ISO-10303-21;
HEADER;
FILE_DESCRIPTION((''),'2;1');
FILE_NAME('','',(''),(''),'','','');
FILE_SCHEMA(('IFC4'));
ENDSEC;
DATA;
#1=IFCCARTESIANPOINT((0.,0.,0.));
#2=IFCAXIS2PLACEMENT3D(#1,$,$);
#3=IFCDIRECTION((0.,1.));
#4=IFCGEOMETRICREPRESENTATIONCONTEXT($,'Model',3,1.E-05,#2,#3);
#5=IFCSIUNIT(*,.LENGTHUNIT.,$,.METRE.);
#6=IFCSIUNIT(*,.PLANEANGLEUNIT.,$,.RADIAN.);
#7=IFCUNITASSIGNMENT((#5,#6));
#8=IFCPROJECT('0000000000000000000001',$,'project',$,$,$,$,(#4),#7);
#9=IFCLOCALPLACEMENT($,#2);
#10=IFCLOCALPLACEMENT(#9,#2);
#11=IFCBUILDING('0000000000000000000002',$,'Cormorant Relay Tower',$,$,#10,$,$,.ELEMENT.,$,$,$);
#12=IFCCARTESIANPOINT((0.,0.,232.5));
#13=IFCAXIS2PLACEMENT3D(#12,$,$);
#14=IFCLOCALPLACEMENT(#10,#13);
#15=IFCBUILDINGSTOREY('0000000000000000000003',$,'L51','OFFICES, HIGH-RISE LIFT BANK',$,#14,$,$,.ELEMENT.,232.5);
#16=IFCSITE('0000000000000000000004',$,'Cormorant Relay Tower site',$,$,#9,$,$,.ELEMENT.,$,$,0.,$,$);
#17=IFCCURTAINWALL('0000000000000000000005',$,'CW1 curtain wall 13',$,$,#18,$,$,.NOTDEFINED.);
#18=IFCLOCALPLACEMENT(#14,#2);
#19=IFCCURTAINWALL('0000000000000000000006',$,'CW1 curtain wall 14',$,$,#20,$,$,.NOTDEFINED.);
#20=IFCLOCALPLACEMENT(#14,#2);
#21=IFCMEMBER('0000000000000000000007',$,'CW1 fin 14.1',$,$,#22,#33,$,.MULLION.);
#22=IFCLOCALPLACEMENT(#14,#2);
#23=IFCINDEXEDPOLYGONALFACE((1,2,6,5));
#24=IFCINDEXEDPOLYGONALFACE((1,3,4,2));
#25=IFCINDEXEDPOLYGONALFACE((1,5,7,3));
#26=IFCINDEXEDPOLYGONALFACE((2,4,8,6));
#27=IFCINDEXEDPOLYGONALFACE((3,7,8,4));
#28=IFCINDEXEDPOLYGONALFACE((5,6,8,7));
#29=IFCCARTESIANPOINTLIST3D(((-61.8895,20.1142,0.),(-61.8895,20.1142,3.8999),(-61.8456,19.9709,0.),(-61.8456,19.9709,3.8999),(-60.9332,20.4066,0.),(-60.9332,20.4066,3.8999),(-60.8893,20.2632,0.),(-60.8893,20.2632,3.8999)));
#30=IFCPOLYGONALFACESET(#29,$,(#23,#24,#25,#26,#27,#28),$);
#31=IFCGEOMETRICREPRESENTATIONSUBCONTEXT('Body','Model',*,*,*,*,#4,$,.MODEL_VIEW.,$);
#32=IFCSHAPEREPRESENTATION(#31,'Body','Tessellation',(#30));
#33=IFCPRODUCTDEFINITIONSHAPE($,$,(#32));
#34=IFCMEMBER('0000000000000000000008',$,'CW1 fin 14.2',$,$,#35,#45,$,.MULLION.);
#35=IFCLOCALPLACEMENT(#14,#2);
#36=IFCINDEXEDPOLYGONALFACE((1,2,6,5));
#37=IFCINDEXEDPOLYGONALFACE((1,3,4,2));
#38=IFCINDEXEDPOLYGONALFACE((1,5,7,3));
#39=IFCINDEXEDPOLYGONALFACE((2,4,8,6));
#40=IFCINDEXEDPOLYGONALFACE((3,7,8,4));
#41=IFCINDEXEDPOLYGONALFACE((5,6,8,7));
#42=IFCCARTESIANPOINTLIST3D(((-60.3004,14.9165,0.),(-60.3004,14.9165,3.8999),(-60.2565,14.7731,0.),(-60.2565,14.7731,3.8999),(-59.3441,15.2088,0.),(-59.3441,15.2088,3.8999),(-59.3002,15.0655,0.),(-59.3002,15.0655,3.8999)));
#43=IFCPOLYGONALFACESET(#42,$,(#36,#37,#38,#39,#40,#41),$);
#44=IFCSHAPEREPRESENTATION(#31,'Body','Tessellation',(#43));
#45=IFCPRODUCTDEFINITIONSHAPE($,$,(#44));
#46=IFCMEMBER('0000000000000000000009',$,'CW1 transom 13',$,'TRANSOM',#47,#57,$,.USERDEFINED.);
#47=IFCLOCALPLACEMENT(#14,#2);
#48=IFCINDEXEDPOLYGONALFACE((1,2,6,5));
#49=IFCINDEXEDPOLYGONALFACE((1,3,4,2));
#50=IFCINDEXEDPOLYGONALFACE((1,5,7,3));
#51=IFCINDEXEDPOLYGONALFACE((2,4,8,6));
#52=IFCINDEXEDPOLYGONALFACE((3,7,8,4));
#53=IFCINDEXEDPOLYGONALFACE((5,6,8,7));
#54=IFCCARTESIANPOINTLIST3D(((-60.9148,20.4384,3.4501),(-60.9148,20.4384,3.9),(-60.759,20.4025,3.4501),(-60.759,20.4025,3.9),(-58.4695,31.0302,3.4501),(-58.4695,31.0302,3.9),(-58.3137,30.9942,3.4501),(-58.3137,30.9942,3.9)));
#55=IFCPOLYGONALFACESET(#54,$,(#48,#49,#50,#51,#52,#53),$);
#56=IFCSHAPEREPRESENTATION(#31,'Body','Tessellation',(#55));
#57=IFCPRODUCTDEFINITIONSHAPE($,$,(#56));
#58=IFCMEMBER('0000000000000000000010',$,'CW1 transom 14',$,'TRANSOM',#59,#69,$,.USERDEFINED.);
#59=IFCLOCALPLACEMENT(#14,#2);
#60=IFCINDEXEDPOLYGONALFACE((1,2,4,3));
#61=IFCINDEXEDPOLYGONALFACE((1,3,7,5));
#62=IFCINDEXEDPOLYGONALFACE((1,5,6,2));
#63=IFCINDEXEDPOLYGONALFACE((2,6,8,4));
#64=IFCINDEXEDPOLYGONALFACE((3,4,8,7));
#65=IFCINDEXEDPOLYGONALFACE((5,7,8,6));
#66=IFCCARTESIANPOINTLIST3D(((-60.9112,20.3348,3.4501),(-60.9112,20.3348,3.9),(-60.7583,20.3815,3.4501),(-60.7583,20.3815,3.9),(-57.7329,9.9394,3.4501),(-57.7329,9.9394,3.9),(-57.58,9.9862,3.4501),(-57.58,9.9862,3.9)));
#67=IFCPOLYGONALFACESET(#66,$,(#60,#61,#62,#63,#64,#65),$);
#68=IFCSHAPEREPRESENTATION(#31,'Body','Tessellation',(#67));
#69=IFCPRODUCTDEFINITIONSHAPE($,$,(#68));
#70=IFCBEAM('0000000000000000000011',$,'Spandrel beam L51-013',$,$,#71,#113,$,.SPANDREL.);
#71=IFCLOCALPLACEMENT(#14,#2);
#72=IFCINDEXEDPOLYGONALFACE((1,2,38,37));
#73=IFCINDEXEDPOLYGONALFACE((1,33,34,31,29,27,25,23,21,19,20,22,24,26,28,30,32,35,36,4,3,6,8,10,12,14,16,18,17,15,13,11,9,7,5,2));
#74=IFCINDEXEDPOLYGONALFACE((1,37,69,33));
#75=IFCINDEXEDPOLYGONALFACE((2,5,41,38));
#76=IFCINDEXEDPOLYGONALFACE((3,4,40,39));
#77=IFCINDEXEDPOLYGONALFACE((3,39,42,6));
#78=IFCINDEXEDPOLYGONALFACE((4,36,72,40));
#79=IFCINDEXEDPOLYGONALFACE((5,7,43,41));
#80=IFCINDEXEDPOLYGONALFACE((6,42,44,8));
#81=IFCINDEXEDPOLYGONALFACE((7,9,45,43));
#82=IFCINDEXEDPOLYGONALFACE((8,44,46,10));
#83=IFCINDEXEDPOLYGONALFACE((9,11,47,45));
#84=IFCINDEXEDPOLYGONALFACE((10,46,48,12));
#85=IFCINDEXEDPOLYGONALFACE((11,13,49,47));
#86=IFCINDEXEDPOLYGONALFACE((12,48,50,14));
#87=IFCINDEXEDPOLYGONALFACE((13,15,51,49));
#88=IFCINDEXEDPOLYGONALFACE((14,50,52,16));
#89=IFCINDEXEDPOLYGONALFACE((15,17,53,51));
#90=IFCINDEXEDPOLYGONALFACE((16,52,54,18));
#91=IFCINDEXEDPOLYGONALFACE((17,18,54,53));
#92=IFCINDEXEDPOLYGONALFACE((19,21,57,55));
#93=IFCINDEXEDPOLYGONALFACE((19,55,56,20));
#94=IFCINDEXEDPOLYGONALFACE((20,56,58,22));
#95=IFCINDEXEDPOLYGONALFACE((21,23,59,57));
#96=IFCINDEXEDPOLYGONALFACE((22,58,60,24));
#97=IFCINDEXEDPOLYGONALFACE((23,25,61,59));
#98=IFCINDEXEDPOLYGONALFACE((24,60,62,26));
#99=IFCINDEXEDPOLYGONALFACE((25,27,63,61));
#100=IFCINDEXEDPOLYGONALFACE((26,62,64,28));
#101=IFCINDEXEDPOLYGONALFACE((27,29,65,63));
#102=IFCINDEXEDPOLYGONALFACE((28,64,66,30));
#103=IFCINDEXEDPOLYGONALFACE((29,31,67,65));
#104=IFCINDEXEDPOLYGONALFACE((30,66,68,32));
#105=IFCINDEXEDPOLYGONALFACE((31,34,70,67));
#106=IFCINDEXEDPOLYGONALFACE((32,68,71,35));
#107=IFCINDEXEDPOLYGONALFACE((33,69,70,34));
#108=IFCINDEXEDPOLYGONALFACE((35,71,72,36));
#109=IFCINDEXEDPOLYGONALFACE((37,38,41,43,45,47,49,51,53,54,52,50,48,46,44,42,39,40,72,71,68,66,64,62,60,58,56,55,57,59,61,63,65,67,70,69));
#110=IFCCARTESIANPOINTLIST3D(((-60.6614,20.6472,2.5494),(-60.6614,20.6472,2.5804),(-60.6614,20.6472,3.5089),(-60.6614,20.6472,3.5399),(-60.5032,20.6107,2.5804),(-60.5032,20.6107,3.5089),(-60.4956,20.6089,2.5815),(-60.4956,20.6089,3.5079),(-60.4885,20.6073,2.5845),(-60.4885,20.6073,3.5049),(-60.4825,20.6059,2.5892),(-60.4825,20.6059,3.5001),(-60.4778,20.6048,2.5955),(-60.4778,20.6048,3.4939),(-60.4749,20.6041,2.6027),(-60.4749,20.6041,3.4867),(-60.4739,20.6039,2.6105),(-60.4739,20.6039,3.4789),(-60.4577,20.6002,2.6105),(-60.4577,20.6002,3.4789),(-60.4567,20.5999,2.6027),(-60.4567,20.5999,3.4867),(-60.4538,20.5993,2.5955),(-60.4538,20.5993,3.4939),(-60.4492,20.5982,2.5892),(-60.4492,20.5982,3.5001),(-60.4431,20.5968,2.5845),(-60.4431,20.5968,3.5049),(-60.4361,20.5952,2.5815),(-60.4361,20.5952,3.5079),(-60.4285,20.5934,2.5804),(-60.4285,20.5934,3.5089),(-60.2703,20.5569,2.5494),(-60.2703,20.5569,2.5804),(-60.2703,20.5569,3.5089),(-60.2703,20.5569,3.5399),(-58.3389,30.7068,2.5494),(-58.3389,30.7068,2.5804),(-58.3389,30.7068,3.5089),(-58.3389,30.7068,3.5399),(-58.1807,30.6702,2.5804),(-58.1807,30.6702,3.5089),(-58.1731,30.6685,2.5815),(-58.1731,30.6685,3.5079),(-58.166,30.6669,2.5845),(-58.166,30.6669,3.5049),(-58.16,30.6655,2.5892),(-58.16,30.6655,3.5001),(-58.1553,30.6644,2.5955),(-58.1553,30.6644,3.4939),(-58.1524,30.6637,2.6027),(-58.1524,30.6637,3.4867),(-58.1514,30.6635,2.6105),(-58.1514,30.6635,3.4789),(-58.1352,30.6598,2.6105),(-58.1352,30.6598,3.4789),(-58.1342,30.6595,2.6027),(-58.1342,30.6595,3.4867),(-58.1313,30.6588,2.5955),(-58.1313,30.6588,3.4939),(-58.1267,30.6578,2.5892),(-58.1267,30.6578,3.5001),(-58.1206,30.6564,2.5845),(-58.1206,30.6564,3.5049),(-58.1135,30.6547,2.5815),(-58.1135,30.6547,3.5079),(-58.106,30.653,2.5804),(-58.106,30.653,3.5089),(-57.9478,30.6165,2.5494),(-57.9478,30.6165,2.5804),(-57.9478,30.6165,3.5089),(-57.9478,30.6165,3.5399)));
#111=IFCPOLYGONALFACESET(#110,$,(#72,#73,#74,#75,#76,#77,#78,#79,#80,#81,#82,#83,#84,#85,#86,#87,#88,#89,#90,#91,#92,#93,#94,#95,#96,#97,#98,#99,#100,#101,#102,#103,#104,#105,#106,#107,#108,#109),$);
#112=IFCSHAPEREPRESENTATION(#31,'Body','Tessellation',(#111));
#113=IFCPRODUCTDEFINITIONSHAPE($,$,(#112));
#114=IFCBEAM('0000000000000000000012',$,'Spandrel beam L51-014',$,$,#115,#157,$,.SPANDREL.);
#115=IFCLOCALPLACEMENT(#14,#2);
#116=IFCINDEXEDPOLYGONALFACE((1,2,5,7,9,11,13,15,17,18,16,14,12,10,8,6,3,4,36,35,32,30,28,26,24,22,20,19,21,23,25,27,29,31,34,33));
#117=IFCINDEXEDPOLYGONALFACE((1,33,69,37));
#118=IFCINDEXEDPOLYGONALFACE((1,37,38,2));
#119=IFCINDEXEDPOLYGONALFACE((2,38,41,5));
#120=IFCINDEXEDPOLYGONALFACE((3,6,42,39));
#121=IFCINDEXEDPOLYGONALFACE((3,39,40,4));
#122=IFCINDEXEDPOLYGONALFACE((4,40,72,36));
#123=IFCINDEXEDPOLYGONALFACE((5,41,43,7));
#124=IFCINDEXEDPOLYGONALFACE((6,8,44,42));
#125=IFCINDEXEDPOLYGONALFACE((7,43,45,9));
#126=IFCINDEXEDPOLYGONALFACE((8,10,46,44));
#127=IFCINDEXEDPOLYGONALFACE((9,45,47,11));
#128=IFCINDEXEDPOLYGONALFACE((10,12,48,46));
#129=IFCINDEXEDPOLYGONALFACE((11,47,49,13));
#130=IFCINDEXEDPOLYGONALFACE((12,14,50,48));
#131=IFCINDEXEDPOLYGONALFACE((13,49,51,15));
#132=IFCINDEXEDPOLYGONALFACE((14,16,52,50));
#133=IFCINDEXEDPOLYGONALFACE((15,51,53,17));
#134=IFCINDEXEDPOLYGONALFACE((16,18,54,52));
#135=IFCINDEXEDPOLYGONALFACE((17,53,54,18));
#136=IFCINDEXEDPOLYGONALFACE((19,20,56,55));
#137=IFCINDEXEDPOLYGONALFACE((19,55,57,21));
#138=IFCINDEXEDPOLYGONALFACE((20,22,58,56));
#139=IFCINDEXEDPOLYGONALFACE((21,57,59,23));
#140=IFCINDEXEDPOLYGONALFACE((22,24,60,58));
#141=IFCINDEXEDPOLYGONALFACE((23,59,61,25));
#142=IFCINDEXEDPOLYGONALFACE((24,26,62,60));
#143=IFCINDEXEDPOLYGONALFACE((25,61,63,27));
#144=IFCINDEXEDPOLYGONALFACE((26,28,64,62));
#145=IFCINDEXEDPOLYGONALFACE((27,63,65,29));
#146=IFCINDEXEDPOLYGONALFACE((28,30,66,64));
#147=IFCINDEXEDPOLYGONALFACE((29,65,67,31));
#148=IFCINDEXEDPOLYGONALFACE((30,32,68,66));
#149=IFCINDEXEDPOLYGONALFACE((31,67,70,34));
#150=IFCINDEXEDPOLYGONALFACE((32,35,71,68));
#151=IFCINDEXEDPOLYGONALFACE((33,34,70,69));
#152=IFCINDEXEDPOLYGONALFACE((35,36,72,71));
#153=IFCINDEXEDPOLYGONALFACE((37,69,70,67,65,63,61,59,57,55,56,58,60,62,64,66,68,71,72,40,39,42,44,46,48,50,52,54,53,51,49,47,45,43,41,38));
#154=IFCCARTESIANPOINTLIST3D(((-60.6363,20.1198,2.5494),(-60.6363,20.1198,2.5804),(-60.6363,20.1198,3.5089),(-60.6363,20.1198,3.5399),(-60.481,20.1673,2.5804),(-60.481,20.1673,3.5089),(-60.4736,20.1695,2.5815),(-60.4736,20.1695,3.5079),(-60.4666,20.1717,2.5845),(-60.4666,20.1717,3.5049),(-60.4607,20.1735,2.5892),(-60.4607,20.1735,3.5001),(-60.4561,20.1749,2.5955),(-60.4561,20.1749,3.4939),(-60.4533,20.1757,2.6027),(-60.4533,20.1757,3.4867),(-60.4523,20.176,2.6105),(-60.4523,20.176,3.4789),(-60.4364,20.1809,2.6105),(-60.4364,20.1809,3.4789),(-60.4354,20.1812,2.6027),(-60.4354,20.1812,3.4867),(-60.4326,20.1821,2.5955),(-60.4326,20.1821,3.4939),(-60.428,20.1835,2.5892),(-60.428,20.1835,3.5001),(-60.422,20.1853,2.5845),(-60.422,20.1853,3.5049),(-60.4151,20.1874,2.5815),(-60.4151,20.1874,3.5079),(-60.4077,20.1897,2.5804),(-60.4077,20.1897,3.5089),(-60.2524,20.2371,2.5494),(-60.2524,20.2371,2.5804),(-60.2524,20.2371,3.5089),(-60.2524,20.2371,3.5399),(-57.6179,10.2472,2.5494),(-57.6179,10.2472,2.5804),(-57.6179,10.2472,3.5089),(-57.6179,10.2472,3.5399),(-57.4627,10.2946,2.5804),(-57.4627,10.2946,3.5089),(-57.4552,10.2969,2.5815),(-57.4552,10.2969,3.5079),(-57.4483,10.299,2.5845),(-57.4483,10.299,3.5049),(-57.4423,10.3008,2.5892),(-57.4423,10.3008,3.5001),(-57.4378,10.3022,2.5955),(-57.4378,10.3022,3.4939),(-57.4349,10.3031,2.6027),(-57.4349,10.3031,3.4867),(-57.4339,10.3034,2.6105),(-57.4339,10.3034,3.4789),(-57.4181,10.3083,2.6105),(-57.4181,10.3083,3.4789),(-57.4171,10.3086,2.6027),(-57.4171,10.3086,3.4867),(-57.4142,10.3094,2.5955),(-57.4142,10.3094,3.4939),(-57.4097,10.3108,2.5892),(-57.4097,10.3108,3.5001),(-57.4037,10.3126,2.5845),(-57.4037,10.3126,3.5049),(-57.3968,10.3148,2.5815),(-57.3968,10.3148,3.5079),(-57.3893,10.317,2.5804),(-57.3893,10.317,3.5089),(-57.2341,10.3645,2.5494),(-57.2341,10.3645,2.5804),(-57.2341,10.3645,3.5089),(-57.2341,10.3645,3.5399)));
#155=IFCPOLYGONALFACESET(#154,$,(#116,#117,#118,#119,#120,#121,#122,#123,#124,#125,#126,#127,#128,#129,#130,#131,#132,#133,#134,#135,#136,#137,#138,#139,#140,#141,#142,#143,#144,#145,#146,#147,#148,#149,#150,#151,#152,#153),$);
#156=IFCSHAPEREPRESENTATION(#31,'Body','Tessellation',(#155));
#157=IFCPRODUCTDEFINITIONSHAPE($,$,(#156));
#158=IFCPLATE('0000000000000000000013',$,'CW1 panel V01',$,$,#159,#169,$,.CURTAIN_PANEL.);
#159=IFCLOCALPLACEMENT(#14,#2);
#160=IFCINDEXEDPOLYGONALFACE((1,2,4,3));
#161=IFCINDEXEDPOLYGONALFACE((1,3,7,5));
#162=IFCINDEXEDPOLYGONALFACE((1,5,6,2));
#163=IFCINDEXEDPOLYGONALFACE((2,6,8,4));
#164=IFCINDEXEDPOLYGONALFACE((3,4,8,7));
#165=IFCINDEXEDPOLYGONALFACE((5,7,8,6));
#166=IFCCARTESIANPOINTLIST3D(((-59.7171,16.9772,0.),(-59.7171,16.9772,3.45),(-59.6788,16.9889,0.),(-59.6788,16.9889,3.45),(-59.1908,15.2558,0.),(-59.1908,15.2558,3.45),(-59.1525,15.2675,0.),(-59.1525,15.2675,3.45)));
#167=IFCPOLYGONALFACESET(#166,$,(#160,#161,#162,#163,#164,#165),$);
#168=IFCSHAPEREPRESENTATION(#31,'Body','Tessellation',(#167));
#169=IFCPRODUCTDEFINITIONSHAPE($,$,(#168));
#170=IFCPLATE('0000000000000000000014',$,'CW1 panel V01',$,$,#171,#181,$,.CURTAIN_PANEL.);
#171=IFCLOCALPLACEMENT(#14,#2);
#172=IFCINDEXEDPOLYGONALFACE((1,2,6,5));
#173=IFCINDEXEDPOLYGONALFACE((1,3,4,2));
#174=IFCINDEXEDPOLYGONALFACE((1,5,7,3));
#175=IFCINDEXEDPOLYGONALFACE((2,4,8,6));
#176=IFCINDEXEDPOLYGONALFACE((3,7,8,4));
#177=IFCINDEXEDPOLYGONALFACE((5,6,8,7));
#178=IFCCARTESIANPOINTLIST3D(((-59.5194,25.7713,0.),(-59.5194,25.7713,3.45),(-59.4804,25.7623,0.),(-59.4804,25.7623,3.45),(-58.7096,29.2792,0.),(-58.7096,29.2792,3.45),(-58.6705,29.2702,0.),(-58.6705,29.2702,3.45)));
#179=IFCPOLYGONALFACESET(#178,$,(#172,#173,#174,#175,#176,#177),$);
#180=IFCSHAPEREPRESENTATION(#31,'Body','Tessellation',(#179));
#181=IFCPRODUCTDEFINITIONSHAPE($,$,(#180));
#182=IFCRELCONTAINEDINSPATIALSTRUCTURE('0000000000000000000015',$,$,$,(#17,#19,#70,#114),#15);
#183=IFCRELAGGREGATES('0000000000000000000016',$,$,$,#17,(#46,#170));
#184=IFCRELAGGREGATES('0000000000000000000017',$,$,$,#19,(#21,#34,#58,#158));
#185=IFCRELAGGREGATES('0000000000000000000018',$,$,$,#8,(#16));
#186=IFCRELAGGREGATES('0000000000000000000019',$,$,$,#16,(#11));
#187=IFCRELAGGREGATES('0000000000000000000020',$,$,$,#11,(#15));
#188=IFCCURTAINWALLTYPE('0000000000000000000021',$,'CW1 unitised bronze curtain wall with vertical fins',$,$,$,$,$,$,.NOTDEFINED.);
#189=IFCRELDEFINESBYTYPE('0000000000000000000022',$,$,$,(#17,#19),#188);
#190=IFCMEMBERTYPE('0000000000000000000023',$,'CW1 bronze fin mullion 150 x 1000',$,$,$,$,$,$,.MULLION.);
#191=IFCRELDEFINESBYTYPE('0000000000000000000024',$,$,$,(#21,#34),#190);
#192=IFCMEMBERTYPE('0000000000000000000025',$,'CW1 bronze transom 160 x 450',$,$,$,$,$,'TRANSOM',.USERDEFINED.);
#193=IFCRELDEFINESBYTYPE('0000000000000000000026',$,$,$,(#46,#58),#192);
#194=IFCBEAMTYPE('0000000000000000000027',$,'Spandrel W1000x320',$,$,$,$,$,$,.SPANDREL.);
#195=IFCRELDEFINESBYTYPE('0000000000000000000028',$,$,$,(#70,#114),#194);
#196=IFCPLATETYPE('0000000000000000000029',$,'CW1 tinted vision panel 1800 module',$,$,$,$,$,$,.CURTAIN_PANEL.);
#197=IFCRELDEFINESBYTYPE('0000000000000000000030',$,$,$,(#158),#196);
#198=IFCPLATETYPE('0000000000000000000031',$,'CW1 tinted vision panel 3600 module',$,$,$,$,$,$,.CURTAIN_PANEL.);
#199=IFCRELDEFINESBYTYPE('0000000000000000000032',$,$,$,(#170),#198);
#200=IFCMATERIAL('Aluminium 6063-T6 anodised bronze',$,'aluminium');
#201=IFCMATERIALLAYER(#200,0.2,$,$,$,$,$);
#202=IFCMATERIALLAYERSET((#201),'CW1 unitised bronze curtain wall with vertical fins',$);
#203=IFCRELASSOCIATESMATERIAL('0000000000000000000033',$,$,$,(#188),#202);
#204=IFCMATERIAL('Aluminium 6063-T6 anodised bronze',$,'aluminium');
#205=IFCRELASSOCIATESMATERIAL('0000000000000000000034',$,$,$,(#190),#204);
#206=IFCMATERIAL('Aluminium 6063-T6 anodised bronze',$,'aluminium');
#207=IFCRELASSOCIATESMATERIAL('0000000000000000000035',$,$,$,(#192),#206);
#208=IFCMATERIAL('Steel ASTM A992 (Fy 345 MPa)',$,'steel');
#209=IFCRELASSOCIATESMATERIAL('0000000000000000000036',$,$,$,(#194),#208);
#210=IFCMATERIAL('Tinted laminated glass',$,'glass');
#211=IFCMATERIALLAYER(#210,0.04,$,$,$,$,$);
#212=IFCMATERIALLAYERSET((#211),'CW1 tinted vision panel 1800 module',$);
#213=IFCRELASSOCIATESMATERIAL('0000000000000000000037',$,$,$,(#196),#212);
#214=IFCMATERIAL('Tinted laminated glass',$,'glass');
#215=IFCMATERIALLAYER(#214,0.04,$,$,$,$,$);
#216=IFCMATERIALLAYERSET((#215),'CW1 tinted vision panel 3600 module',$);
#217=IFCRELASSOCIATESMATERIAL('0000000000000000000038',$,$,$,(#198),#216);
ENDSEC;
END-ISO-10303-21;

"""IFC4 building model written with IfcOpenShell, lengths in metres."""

from ifc_helpers import new_model, si_unit, direction, frame, origin, origin_2d, place, context, subcontext, project, spatial, rectangle, i_section, extrude, material, layer, layer_set, material_profile, profile_set, type_object, element, aggregate, save


model = new_model("IFC4")

# Units and contexts
model_context = context("Model", 3, precision=1e-05, world=origin(), true_north=direction((0.0, 1.0)))
body_context = subcontext(model_context, "Body", "Model", "MODEL_VIEW")
ifc_project = project(units=[si_unit("LENGTHUNIT", "METRE"), si_unit("PLANEANGLEUNIT", "RADIAN")], contexts=[model_context])

# Site, building, storey
site_placement = place(None, origin())
site = spatial("IfcSite", under=ifc_project, at=site_placement, Name="Cormorant Relay Tower site", CompositionType="ELEMENT", RefElevation=0.0)
building_placement = place(site_placement, origin())
building = spatial("IfcBuilding", under=site, at=building_placement, Name="Cormorant Relay Tower", CompositionType="ELEMENT")
storey_placement = place(building_placement, frame((0.0, 0.0, 232.5)))
storey = spatial("IfcBuildingStorey", under=building, at=storey_placement, Name="L51", Description="OFFICES, HIGH-RISE LIFT BANK", CompositionType="ELEMENT", Elevation=232.5)

# Curtain wall
ifc_material_1 = material(Name="Aluminium 6063-T6 anodised bronze", Category="aluminium")
ifc_layer_1 = layer(ifc_material_1, 0.2)
ifc_layer_set_1 = layer_set([ifc_layer_1], Name="CW1 unitised bronze curtain wall with vertical fins")
curtain_wall_type = type_object("IfcCurtainWallType", Name="CW1 unitised bronze curtain wall with vertical fins", PredefinedType="NOTDEFINED", material=ifc_layer_set_1)
curtain_wall_1_placement = place(storey_placement, origin())
curtain_wall_1 = element("IfcCurtainWall", 1, at=curtain_wall_1_placement, inside=storey, type_object=curtain_wall_type, Name="CW1 curtain wall 13", PredefinedType="NOTDEFINED")
ifc_material_2 = material(Name="Aluminium 6063-T6 anodised bronze", Category="aluminium")
ifc_material_profile_1 = material_profile(ifc_material_2, rectangle(XDim=0.1499, YDim=1.0, at=origin_2d()), Name="AL 150x1000")
ifc_profile_set_1 = profile_set([ifc_material_profile_1], Name="Aluminium 6063-T6 anodised bronze")
member_type_1 = type_object("IfcMemberType", Name="CW1 bronze fin mullion 150 x 1000", PredefinedType="MULLION", material=ifc_profile_set_1)

# Curtain wall, members
curtain_wall_2_placement = place(storey_placement, origin())
curtain_wall_2 = element("IfcCurtainWall", 2, at=curtain_wall_2_placement, inside=storey, type_object=curtain_wall_type, Name="CW1 curtain wall 14", PredefinedType="NOTDEFINED")
member_1_placement = place(storey_placement, frame((-61.3894, 20.1887, 0.0), z_axis=(0.0, 0.0, 1.0), x_axis=(0.292372, -0.956305, 0.0)))
member_1 = element("IfcMember", 3, at=member_1_placement, type_object=member_type_1, Name="CW1 fin 14.1", PredefinedType="MULLION", context=body_context, shape_type="SweptSolid", body=[
    extrude(rectangle(XDim=0.1499, YDim=1.0, at=origin_2d()), origin(), (0.0, 0.0, 1.0), 3.8999),
])
member_2_placement = place(storey_placement, frame((-59.8003, 14.991, 0.0), z_axis=(0.0, 0.0, 1.0), x_axis=(0.292372, -0.956305, 0.0)))
member_2 = element("IfcMember", 4, at=member_2_placement, type_object=member_type_1, Name="CW1 fin 14.2", PredefinedType="MULLION", context=body_context, shape_type="SweptSolid", body=[
    extrude(rectangle(XDim=0.1499, YDim=1.0, at=origin_2d()), origin(), (0.0, 0.0, 1.0), 3.8999),
])

# Members
ifc_material_3 = material(Name="Aluminium 6063-T6 anodised bronze", Category="aluminium")
ifc_material_profile_2 = material_profile(ifc_material_3, rectangle(XDim=0.1599, YDim=0.45, at=origin_2d()), Name="AL 160x450")
ifc_profile_set_2 = profile_set([ifc_material_profile_2], Name="Aluminium 6063-T6 anodised bronze")
member_type_2 = type_object("IfcMemberType", Name="CW1 bronze transom 160 x 450", ElementType="TRANSOM", PredefinedType="USERDEFINED", material=ifc_profile_set_2)
member_3_placement = place(storey_placement, frame((-58.3916, 31.0122, 3.675), z_axis=(-0.224951, -0.97437, 0.0), x_axis=(0.97437, -0.224951, 0.0)))
member_3 = element("IfcMember", 5, at=member_3_placement, type_object=member_type_2, Name="CW1 transom 13", ObjectType="TRANSOM", PredefinedType="USERDEFINED", context=body_context, shape_type="SweptSolid", body=[
    extrude(rectangle(XDim=0.1599, YDim=0.45, at=origin_2d()), origin(), (0.0, 0.0, 1.0), 10.8704),
])
member_4_placement = place(storey_placement, frame((-60.8347, 20.3582, 3.675), z_axis=(0.292378, -0.956303, 0.0), x_axis=(0.956303, 0.292378, 0.0)))
member_4 = element("IfcMember", 6, at=member_4_placement, type_object=member_type_2, Name="CW1 transom 14", ObjectType="TRANSOM", PredefinedType="USERDEFINED", context=body_context, shape_type="SweptSolid", body=[
    extrude(rectangle(XDim=0.1599, YDim=0.45, at=origin_2d()), origin(), (0.0, 0.0, 1.0), 10.8704),
])

# Beams
ifc_material_4 = material(Name="Steel ASTM A992 (Fy 345 MPa)", Category="steel")
ifc_material_profile_3 = material_profile(ifc_material_4, i_section(OverallWidth=0.4014, OverallDepth=0.9905, WebThickness=0.0166, FlangeThickness=0.031, FilletRadius=0.03, at=origin_2d()), Name="W1000x320")
ifc_profile_set_3 = profile_set([ifc_material_profile_3], Name="Steel ASTM A992 (Fy 345 MPa)")
beam_type = type_object("IfcBeamType", Name="Spandrel W1000x320", PredefinedType="SPANDREL", material=ifc_profile_set_3)
beam_1_placement = place(storey_placement, frame((-58.1433, 30.6616, 3.0447), z_axis=(-0.224958, -0.974368, 0.0), x_axis=(0.974368, -0.224958, 0.0)))
element("IfcBeam", 7, at=beam_1_placement, inside=storey, type_object=beam_type, Name="Spandrel beam L51-013", PredefinedType="SPANDREL", context=body_context, shape_type="SweptSolid", body=[
    extrude(i_section(OverallWidth=0.4014, OverallDepth=0.9905, WebThickness=0.0166, FlangeThickness=0.031, FilletRadius=0.03, at=origin_2d()), origin(), (0.0, 0.0, 1.0), 10.3242),
])
beam_2_placement = place(storey_placement, frame((-60.4443, 20.1785, 3.0447), z_axis=(0.292369, -0.956306, 0.0), x_axis=(0.956306, 0.292369, 0.0)))
element("IfcBeam", 8, at=beam_2_placement, inside=storey, type_object=beam_type, Name="Spandrel beam L51-014", PredefinedType="SPANDREL", context=body_context, shape_type="SweptSolid", body=[
    extrude(i_section(OverallWidth=0.4014, OverallDepth=0.9905, WebThickness=0.0166, FlangeThickness=0.031, FilletRadius=0.03, at=origin_2d()), origin(), (0.0, 0.0, 1.0), 10.3237),
])

# Plates
ifc_material_5 = material(Name="Tinted laminated glass", Category="glass")
ifc_layer_2 = layer(ifc_material_5, 0.04)
ifc_layer_set_2 = layer_set([ifc_layer_2], Name="CW1 tinted vision panel 1800 module")
plate_type_1 = type_object("IfcPlateType", Name="CW1 tinted vision panel 1800 module", PredefinedType="CURTAIN_PANEL", material=ifc_layer_set_2)
plate_1_placement = place(storey_placement, frame((-59.4348, 16.1223, 0.0), z_axis=(0.0, 0.0, 1.0), x_axis=(0.292372, -0.956305, 0.0)))
plate_1 = element("IfcPlate", 9, at=plate_1_placement, type_object=plate_type_1, Name="CW1 panel V01", PredefinedType="CURTAIN_PANEL", context=body_context, shape_type="SweptSolid", body=[
    extrude(rectangle(XDim=1.8, YDim=0.04, at=origin_2d()), origin(), (0.0, 0.0, 1.0), 3.45),
])
ifc_material_6 = material(Name="Tinted laminated glass", Category="glass")
ifc_layer_3 = layer(ifc_material_6, 0.04)
ifc_layer_set_3 = layer_set([ifc_layer_3], Name="CW1 tinted vision panel 3600 module")
plate_type_2 = type_object("IfcPlateType", Name="CW1 tinted vision panel 3600 module", PredefinedType="CURTAIN_PANEL", material=ifc_layer_set_3)
plate_2_placement = place(storey_placement, frame((-59.095, 27.5208, 0.0), z_axis=(0.0, 0.0, 1.0), x_axis=(-0.224951, -0.97437, 0.0)))
plate_2 = element("IfcPlate", 10, at=plate_2_placement, type_object=plate_type_2, Name="CW1 panel V01", PredefinedType="CURTAIN_PANEL", context=body_context, shape_type="SweptSolid", body=[
    extrude(rectangle(XDim=3.6001, YDim=0.04, at=origin_2d()), origin(), (0.0, 0.0, 1.0), 3.45),
])

aggregate(curtain_wall_1, [member_3, plate_2])
aggregate(curtain_wall_2, [member_1, member_2, member_4, plate_1])

save(model, "model.ifc")
